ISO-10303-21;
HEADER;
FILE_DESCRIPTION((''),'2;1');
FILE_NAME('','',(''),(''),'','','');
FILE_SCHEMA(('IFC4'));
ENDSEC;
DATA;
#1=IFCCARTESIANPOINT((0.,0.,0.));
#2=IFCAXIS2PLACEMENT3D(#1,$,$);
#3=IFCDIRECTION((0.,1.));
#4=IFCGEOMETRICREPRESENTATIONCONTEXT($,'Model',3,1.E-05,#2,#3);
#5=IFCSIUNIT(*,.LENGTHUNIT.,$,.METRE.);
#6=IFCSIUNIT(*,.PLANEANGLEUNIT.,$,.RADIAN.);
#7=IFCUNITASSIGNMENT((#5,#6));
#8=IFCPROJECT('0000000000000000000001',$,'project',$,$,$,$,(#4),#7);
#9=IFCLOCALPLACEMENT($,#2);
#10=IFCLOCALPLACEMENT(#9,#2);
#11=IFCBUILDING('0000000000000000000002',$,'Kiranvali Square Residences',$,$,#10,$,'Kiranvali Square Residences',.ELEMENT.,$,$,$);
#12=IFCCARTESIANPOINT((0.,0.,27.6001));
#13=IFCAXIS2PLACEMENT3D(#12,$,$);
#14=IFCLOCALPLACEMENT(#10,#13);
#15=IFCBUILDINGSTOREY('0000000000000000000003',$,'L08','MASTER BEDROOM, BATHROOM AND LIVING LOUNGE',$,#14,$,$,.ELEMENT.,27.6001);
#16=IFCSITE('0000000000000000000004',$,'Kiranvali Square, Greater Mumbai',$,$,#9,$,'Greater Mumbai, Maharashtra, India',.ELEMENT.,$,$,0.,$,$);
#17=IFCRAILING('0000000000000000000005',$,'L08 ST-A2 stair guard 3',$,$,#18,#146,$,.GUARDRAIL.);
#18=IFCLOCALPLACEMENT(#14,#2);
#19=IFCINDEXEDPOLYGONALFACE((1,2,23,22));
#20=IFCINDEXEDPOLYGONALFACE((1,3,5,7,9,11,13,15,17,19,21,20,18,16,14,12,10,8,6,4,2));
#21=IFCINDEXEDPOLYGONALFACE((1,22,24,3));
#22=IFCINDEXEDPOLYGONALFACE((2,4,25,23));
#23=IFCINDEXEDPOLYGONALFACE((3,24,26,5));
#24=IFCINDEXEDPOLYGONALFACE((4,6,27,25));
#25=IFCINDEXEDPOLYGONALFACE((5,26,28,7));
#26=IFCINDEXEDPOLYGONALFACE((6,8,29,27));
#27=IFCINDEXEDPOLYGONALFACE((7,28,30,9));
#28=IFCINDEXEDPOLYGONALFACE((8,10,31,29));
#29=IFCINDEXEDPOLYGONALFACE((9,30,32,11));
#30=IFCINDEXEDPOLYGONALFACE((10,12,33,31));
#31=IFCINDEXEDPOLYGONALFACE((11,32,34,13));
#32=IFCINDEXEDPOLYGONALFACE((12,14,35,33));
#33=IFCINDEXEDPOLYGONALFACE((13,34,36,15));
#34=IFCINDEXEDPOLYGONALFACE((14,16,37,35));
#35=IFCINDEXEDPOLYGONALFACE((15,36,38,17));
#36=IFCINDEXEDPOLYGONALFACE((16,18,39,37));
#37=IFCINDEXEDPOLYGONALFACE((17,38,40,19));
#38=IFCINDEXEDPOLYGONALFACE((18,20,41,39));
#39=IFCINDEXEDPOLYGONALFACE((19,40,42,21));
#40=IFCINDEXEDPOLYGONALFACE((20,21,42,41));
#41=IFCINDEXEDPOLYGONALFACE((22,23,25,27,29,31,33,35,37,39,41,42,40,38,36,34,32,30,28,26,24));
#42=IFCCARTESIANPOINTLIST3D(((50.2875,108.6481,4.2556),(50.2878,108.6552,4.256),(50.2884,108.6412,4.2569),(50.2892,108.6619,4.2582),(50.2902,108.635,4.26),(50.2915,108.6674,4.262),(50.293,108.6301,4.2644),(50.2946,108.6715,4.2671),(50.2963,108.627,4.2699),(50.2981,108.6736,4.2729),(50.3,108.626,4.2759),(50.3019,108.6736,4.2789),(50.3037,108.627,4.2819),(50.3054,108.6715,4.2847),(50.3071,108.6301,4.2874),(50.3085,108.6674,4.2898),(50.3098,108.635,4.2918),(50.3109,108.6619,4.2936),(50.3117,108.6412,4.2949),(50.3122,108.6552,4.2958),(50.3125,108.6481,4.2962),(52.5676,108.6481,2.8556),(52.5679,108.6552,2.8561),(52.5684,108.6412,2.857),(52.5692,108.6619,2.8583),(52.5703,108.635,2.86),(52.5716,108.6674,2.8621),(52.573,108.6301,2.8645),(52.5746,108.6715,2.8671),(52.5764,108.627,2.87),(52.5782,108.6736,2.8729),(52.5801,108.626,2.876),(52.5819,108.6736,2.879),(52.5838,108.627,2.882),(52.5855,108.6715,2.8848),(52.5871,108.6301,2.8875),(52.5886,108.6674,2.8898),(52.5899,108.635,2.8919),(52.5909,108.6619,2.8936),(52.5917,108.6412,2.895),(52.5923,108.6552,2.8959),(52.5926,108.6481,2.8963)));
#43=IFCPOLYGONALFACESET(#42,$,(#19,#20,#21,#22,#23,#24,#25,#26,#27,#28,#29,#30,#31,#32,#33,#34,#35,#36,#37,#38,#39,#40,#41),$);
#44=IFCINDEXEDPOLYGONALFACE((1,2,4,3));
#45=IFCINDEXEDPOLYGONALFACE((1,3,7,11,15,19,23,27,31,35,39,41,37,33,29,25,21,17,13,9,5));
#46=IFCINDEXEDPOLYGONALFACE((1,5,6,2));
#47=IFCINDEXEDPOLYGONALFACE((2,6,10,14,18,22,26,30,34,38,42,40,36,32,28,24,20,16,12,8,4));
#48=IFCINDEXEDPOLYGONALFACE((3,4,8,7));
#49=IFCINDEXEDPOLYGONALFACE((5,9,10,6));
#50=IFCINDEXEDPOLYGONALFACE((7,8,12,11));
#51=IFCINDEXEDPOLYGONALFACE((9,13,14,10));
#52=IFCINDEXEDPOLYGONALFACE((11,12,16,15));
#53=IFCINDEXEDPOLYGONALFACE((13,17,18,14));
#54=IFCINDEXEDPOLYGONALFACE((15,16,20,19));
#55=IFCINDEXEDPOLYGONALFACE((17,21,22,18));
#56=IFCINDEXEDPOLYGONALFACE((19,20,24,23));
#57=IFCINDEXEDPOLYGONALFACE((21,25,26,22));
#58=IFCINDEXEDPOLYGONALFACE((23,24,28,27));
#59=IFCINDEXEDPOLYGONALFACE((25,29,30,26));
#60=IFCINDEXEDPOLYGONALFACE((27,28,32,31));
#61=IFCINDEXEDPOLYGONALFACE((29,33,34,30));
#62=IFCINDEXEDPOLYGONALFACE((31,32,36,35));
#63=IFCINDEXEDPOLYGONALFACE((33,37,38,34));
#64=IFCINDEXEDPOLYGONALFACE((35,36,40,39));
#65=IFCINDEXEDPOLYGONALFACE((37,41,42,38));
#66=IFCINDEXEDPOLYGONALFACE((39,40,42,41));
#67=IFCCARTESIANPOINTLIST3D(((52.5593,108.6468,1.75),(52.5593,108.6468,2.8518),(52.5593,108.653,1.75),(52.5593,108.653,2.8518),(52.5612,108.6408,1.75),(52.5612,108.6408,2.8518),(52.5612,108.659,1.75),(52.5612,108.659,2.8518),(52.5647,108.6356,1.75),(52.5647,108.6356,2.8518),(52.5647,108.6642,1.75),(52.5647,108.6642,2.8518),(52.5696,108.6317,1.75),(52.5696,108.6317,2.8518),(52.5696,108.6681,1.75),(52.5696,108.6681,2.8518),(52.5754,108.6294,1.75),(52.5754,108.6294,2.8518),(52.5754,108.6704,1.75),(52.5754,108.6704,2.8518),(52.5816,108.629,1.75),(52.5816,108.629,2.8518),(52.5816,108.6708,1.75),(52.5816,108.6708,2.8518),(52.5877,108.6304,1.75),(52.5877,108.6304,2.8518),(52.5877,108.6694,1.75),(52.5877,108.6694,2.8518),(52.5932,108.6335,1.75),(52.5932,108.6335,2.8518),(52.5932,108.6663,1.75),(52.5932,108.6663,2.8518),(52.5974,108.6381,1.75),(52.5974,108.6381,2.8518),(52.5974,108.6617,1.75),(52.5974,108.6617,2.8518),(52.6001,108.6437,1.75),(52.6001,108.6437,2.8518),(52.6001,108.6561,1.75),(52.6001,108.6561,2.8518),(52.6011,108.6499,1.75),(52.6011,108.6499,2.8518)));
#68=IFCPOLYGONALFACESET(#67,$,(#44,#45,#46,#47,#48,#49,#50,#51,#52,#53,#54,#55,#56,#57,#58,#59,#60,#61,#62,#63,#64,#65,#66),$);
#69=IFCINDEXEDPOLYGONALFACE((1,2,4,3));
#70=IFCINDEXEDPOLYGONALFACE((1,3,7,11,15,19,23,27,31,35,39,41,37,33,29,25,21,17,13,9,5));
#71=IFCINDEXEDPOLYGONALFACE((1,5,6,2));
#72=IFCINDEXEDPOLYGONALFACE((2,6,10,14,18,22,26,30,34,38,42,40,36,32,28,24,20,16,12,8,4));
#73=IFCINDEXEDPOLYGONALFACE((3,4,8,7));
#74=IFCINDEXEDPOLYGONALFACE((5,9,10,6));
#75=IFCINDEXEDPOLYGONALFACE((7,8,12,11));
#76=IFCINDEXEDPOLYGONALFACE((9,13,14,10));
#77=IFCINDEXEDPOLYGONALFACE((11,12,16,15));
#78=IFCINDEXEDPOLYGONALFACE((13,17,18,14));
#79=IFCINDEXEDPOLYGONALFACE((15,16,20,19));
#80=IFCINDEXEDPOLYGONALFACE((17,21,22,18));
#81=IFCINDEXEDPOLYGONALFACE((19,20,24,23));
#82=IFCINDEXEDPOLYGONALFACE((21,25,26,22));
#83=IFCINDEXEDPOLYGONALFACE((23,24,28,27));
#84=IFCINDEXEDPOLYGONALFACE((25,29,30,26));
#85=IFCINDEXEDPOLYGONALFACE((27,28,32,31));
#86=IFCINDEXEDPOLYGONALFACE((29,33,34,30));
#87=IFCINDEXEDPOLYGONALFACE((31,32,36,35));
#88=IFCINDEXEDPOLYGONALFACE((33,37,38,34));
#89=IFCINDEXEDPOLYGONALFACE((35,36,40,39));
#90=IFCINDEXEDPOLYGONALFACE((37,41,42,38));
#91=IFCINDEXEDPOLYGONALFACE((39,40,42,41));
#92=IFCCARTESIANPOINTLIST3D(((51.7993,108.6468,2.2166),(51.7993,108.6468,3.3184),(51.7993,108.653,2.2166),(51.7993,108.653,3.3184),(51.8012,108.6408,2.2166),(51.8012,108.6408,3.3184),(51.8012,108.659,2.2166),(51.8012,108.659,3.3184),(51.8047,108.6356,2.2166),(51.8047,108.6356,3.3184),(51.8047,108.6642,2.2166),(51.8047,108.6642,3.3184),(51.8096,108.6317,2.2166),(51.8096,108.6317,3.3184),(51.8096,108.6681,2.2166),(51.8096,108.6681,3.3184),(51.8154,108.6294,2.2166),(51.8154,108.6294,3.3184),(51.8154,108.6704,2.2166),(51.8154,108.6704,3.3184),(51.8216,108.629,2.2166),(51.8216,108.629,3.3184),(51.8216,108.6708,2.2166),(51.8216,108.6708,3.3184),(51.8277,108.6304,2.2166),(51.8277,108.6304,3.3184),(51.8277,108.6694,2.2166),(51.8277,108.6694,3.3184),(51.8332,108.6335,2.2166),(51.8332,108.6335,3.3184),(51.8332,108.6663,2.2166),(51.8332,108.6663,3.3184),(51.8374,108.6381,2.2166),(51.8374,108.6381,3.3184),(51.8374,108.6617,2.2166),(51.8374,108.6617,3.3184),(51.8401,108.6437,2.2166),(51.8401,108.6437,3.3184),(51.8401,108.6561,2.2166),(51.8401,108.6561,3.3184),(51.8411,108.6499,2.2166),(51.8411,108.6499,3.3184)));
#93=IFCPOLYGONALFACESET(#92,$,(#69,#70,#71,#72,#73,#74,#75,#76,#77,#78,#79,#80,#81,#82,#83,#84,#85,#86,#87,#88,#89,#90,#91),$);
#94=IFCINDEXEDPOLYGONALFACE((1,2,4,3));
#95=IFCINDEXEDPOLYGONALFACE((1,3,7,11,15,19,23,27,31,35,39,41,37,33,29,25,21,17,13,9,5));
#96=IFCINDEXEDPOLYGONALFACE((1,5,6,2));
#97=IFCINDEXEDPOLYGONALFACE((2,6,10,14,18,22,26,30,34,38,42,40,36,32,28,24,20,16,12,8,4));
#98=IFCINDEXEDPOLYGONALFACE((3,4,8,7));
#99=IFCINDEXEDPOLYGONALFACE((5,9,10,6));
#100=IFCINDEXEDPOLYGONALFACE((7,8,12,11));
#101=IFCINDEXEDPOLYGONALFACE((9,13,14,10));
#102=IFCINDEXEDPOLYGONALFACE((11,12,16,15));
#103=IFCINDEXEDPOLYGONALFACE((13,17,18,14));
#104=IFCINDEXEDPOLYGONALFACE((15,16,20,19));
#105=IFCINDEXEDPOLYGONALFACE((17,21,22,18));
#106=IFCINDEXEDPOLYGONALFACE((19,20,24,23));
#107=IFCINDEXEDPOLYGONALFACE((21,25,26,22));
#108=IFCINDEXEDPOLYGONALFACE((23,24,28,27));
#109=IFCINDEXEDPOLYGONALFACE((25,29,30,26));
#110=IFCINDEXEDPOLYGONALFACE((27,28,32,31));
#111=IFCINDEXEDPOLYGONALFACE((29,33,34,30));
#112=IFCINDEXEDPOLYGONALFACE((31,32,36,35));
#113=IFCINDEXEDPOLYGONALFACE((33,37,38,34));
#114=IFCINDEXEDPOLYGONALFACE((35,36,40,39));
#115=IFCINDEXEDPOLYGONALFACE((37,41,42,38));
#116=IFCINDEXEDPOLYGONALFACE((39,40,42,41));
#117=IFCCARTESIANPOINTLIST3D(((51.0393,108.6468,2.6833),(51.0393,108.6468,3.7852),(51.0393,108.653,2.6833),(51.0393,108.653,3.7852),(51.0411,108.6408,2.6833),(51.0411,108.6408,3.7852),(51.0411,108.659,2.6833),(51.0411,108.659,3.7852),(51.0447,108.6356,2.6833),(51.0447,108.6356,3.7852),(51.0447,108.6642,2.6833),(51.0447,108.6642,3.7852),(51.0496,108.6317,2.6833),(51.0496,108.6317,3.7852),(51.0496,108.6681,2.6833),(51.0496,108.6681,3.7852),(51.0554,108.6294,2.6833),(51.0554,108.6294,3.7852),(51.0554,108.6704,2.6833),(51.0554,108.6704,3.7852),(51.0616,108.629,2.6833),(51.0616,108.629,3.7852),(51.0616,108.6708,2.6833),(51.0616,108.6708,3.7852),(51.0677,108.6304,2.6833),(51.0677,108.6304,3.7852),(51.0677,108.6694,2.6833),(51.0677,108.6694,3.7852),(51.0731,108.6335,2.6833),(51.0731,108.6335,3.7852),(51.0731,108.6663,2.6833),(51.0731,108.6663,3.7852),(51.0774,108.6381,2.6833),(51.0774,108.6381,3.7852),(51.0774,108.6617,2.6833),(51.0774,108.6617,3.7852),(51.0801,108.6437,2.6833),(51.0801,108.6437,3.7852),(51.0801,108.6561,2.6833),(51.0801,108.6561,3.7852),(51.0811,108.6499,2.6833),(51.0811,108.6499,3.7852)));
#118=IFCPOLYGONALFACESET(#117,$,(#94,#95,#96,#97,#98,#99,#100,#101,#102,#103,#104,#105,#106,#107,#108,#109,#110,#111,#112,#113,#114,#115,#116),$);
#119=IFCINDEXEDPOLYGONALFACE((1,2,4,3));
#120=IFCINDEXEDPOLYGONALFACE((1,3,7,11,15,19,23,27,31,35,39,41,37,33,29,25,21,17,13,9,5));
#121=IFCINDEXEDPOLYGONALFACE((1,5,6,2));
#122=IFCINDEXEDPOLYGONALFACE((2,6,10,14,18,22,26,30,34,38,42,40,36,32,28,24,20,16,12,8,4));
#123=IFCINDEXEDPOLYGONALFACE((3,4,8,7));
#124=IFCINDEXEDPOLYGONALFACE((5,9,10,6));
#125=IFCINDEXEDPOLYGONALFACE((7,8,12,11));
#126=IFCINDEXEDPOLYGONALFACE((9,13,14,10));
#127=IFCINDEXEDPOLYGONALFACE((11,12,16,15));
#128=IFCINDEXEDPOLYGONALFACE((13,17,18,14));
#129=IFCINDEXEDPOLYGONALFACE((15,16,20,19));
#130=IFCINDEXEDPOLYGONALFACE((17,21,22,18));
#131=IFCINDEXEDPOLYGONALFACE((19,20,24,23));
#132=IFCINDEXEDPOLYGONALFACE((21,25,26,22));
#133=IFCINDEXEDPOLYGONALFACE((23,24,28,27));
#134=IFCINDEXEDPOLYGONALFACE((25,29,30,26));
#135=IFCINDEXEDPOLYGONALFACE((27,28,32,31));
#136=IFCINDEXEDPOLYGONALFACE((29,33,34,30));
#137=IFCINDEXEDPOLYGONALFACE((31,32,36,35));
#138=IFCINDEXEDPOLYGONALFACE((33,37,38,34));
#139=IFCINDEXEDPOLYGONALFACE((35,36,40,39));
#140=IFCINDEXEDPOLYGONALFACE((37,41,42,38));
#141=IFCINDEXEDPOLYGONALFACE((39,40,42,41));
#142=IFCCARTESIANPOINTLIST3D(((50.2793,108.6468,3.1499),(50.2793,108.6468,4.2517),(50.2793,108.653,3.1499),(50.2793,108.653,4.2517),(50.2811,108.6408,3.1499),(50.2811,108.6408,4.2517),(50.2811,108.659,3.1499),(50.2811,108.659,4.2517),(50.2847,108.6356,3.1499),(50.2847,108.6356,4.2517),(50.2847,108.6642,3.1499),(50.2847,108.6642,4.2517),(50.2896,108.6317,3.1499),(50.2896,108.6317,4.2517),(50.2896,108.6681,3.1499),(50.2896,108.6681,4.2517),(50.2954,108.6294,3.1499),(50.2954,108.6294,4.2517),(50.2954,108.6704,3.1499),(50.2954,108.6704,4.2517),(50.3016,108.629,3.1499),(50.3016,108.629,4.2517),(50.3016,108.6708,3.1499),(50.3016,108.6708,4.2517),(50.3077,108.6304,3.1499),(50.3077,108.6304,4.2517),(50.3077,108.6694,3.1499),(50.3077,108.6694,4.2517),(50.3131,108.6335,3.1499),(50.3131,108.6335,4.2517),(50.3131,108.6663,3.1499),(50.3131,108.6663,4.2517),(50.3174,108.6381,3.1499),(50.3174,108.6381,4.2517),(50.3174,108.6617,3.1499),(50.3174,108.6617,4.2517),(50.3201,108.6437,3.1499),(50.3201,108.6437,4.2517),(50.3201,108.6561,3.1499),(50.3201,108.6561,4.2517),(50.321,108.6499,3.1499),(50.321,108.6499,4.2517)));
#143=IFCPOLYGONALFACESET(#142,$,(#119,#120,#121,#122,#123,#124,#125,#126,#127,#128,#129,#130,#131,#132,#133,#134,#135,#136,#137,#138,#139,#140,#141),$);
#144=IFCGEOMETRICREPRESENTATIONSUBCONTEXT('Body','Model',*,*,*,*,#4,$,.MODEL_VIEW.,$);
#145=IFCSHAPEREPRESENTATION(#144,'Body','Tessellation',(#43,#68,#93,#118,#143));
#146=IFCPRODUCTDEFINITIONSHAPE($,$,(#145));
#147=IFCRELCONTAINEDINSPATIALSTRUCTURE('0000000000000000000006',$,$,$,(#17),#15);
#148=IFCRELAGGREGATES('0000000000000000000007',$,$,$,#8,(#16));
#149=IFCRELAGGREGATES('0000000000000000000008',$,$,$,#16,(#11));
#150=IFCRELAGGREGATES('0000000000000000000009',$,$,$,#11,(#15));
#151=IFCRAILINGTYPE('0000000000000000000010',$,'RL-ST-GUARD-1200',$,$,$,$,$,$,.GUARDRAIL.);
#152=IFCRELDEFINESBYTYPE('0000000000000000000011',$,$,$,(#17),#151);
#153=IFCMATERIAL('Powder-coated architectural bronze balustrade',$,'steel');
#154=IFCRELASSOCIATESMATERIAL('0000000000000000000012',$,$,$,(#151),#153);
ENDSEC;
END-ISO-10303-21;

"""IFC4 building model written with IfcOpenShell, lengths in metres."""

from ifc_helpers import new_model, si_unit, direction, frame, origin, origin_2d, place, context, subcontext, project, spatial, circle, extrude, material, type_object, element, save


model = new_model("IFC4")

# Units and contexts
model_context = context("Model", 3, precision=1e-05, world=origin(), true_north=direction((0.0, 1.0)))
body_context = subcontext(model_context, "Body", "Model", "MODEL_VIEW")
ifc_project = project(units=[si_unit("LENGTHUNIT", "METRE"), si_unit("PLANEANGLEUNIT", "RADIAN")], contexts=[model_context])

# Site, building, storey
site_placement = place(None, origin())
site = spatial("IfcSite", under=ifc_project, at=site_placement, Name="Kiranvali Square, Greater Mumbai", LongName="Greater Mumbai, Maharashtra, India", CompositionType="ELEMENT", RefElevation=0.0)
building_placement = place(site_placement, origin())
building = spatial("IfcBuilding", under=site, at=building_placement, Name="Kiranvali Square Residences", LongName="Kiranvali Square Residences", CompositionType="ELEMENT")
storey_placement = place(building_placement, frame((0.0, 0.0, 27.6001)))
storey = spatial("IfcBuildingStorey", under=building, at=storey_placement, Name="L08", Description="MASTER BEDROOM, BATHROOM AND LIVING LOUNGE", CompositionType="ELEMENT", Elevation=27.6001)

# Railing
ifc_material_1 = material(Name="Powder-coated architectural bronze balustrade", Category="steel")
railing_type_1 = type_object("IfcRailingType", Name="RL-ST-GUARD-1200", PredefinedType="GUARDRAIL", material=ifc_material_1)
railing_1_placement = place(storey_placement, frame((52.5801, 108.6499, 1.75)))
element("IfcRailing", 1, at=railing_1_placement, inside=storey, type_object=railing_type_1, Name="L08 ST-A2 stair guard 3", PredefinedType="GUARDRAIL", context=body_context, shape_type="SweptSolid", body=[
    extrude(circle(Radius=0.0239, at=origin_2d()), frame((0.0, 0.0, 1.126), z_axis=(-0.85219, 0.0, 0.523232), x_axis=(0.0, -1.0, 0.0)), (0.0, 0.0, 1.0), 2.6755),
    extrude(circle(Radius=0.021, at=origin_2d()), origin(), (0.0, 0.0, 1.0), 1.1018),
    extrude(circle(Radius=0.021, at=origin_2d()), frame((-0.76, 0.0, 0.4666)), (0.0, 0.0, 1.0), 1.1018),
    extrude(circle(Radius=0.021, at=origin_2d()), frame((-1.52, 0.0, 0.9333)), (0.0, 0.0, 1.0), 1.1018),
    extrude(circle(Radius=0.021, at=origin_2d()), frame((-2.28, 0.0, 1.3999)), (0.0, 0.0, 1.0), 1.1018),
])

save(model, "model.ifc")
